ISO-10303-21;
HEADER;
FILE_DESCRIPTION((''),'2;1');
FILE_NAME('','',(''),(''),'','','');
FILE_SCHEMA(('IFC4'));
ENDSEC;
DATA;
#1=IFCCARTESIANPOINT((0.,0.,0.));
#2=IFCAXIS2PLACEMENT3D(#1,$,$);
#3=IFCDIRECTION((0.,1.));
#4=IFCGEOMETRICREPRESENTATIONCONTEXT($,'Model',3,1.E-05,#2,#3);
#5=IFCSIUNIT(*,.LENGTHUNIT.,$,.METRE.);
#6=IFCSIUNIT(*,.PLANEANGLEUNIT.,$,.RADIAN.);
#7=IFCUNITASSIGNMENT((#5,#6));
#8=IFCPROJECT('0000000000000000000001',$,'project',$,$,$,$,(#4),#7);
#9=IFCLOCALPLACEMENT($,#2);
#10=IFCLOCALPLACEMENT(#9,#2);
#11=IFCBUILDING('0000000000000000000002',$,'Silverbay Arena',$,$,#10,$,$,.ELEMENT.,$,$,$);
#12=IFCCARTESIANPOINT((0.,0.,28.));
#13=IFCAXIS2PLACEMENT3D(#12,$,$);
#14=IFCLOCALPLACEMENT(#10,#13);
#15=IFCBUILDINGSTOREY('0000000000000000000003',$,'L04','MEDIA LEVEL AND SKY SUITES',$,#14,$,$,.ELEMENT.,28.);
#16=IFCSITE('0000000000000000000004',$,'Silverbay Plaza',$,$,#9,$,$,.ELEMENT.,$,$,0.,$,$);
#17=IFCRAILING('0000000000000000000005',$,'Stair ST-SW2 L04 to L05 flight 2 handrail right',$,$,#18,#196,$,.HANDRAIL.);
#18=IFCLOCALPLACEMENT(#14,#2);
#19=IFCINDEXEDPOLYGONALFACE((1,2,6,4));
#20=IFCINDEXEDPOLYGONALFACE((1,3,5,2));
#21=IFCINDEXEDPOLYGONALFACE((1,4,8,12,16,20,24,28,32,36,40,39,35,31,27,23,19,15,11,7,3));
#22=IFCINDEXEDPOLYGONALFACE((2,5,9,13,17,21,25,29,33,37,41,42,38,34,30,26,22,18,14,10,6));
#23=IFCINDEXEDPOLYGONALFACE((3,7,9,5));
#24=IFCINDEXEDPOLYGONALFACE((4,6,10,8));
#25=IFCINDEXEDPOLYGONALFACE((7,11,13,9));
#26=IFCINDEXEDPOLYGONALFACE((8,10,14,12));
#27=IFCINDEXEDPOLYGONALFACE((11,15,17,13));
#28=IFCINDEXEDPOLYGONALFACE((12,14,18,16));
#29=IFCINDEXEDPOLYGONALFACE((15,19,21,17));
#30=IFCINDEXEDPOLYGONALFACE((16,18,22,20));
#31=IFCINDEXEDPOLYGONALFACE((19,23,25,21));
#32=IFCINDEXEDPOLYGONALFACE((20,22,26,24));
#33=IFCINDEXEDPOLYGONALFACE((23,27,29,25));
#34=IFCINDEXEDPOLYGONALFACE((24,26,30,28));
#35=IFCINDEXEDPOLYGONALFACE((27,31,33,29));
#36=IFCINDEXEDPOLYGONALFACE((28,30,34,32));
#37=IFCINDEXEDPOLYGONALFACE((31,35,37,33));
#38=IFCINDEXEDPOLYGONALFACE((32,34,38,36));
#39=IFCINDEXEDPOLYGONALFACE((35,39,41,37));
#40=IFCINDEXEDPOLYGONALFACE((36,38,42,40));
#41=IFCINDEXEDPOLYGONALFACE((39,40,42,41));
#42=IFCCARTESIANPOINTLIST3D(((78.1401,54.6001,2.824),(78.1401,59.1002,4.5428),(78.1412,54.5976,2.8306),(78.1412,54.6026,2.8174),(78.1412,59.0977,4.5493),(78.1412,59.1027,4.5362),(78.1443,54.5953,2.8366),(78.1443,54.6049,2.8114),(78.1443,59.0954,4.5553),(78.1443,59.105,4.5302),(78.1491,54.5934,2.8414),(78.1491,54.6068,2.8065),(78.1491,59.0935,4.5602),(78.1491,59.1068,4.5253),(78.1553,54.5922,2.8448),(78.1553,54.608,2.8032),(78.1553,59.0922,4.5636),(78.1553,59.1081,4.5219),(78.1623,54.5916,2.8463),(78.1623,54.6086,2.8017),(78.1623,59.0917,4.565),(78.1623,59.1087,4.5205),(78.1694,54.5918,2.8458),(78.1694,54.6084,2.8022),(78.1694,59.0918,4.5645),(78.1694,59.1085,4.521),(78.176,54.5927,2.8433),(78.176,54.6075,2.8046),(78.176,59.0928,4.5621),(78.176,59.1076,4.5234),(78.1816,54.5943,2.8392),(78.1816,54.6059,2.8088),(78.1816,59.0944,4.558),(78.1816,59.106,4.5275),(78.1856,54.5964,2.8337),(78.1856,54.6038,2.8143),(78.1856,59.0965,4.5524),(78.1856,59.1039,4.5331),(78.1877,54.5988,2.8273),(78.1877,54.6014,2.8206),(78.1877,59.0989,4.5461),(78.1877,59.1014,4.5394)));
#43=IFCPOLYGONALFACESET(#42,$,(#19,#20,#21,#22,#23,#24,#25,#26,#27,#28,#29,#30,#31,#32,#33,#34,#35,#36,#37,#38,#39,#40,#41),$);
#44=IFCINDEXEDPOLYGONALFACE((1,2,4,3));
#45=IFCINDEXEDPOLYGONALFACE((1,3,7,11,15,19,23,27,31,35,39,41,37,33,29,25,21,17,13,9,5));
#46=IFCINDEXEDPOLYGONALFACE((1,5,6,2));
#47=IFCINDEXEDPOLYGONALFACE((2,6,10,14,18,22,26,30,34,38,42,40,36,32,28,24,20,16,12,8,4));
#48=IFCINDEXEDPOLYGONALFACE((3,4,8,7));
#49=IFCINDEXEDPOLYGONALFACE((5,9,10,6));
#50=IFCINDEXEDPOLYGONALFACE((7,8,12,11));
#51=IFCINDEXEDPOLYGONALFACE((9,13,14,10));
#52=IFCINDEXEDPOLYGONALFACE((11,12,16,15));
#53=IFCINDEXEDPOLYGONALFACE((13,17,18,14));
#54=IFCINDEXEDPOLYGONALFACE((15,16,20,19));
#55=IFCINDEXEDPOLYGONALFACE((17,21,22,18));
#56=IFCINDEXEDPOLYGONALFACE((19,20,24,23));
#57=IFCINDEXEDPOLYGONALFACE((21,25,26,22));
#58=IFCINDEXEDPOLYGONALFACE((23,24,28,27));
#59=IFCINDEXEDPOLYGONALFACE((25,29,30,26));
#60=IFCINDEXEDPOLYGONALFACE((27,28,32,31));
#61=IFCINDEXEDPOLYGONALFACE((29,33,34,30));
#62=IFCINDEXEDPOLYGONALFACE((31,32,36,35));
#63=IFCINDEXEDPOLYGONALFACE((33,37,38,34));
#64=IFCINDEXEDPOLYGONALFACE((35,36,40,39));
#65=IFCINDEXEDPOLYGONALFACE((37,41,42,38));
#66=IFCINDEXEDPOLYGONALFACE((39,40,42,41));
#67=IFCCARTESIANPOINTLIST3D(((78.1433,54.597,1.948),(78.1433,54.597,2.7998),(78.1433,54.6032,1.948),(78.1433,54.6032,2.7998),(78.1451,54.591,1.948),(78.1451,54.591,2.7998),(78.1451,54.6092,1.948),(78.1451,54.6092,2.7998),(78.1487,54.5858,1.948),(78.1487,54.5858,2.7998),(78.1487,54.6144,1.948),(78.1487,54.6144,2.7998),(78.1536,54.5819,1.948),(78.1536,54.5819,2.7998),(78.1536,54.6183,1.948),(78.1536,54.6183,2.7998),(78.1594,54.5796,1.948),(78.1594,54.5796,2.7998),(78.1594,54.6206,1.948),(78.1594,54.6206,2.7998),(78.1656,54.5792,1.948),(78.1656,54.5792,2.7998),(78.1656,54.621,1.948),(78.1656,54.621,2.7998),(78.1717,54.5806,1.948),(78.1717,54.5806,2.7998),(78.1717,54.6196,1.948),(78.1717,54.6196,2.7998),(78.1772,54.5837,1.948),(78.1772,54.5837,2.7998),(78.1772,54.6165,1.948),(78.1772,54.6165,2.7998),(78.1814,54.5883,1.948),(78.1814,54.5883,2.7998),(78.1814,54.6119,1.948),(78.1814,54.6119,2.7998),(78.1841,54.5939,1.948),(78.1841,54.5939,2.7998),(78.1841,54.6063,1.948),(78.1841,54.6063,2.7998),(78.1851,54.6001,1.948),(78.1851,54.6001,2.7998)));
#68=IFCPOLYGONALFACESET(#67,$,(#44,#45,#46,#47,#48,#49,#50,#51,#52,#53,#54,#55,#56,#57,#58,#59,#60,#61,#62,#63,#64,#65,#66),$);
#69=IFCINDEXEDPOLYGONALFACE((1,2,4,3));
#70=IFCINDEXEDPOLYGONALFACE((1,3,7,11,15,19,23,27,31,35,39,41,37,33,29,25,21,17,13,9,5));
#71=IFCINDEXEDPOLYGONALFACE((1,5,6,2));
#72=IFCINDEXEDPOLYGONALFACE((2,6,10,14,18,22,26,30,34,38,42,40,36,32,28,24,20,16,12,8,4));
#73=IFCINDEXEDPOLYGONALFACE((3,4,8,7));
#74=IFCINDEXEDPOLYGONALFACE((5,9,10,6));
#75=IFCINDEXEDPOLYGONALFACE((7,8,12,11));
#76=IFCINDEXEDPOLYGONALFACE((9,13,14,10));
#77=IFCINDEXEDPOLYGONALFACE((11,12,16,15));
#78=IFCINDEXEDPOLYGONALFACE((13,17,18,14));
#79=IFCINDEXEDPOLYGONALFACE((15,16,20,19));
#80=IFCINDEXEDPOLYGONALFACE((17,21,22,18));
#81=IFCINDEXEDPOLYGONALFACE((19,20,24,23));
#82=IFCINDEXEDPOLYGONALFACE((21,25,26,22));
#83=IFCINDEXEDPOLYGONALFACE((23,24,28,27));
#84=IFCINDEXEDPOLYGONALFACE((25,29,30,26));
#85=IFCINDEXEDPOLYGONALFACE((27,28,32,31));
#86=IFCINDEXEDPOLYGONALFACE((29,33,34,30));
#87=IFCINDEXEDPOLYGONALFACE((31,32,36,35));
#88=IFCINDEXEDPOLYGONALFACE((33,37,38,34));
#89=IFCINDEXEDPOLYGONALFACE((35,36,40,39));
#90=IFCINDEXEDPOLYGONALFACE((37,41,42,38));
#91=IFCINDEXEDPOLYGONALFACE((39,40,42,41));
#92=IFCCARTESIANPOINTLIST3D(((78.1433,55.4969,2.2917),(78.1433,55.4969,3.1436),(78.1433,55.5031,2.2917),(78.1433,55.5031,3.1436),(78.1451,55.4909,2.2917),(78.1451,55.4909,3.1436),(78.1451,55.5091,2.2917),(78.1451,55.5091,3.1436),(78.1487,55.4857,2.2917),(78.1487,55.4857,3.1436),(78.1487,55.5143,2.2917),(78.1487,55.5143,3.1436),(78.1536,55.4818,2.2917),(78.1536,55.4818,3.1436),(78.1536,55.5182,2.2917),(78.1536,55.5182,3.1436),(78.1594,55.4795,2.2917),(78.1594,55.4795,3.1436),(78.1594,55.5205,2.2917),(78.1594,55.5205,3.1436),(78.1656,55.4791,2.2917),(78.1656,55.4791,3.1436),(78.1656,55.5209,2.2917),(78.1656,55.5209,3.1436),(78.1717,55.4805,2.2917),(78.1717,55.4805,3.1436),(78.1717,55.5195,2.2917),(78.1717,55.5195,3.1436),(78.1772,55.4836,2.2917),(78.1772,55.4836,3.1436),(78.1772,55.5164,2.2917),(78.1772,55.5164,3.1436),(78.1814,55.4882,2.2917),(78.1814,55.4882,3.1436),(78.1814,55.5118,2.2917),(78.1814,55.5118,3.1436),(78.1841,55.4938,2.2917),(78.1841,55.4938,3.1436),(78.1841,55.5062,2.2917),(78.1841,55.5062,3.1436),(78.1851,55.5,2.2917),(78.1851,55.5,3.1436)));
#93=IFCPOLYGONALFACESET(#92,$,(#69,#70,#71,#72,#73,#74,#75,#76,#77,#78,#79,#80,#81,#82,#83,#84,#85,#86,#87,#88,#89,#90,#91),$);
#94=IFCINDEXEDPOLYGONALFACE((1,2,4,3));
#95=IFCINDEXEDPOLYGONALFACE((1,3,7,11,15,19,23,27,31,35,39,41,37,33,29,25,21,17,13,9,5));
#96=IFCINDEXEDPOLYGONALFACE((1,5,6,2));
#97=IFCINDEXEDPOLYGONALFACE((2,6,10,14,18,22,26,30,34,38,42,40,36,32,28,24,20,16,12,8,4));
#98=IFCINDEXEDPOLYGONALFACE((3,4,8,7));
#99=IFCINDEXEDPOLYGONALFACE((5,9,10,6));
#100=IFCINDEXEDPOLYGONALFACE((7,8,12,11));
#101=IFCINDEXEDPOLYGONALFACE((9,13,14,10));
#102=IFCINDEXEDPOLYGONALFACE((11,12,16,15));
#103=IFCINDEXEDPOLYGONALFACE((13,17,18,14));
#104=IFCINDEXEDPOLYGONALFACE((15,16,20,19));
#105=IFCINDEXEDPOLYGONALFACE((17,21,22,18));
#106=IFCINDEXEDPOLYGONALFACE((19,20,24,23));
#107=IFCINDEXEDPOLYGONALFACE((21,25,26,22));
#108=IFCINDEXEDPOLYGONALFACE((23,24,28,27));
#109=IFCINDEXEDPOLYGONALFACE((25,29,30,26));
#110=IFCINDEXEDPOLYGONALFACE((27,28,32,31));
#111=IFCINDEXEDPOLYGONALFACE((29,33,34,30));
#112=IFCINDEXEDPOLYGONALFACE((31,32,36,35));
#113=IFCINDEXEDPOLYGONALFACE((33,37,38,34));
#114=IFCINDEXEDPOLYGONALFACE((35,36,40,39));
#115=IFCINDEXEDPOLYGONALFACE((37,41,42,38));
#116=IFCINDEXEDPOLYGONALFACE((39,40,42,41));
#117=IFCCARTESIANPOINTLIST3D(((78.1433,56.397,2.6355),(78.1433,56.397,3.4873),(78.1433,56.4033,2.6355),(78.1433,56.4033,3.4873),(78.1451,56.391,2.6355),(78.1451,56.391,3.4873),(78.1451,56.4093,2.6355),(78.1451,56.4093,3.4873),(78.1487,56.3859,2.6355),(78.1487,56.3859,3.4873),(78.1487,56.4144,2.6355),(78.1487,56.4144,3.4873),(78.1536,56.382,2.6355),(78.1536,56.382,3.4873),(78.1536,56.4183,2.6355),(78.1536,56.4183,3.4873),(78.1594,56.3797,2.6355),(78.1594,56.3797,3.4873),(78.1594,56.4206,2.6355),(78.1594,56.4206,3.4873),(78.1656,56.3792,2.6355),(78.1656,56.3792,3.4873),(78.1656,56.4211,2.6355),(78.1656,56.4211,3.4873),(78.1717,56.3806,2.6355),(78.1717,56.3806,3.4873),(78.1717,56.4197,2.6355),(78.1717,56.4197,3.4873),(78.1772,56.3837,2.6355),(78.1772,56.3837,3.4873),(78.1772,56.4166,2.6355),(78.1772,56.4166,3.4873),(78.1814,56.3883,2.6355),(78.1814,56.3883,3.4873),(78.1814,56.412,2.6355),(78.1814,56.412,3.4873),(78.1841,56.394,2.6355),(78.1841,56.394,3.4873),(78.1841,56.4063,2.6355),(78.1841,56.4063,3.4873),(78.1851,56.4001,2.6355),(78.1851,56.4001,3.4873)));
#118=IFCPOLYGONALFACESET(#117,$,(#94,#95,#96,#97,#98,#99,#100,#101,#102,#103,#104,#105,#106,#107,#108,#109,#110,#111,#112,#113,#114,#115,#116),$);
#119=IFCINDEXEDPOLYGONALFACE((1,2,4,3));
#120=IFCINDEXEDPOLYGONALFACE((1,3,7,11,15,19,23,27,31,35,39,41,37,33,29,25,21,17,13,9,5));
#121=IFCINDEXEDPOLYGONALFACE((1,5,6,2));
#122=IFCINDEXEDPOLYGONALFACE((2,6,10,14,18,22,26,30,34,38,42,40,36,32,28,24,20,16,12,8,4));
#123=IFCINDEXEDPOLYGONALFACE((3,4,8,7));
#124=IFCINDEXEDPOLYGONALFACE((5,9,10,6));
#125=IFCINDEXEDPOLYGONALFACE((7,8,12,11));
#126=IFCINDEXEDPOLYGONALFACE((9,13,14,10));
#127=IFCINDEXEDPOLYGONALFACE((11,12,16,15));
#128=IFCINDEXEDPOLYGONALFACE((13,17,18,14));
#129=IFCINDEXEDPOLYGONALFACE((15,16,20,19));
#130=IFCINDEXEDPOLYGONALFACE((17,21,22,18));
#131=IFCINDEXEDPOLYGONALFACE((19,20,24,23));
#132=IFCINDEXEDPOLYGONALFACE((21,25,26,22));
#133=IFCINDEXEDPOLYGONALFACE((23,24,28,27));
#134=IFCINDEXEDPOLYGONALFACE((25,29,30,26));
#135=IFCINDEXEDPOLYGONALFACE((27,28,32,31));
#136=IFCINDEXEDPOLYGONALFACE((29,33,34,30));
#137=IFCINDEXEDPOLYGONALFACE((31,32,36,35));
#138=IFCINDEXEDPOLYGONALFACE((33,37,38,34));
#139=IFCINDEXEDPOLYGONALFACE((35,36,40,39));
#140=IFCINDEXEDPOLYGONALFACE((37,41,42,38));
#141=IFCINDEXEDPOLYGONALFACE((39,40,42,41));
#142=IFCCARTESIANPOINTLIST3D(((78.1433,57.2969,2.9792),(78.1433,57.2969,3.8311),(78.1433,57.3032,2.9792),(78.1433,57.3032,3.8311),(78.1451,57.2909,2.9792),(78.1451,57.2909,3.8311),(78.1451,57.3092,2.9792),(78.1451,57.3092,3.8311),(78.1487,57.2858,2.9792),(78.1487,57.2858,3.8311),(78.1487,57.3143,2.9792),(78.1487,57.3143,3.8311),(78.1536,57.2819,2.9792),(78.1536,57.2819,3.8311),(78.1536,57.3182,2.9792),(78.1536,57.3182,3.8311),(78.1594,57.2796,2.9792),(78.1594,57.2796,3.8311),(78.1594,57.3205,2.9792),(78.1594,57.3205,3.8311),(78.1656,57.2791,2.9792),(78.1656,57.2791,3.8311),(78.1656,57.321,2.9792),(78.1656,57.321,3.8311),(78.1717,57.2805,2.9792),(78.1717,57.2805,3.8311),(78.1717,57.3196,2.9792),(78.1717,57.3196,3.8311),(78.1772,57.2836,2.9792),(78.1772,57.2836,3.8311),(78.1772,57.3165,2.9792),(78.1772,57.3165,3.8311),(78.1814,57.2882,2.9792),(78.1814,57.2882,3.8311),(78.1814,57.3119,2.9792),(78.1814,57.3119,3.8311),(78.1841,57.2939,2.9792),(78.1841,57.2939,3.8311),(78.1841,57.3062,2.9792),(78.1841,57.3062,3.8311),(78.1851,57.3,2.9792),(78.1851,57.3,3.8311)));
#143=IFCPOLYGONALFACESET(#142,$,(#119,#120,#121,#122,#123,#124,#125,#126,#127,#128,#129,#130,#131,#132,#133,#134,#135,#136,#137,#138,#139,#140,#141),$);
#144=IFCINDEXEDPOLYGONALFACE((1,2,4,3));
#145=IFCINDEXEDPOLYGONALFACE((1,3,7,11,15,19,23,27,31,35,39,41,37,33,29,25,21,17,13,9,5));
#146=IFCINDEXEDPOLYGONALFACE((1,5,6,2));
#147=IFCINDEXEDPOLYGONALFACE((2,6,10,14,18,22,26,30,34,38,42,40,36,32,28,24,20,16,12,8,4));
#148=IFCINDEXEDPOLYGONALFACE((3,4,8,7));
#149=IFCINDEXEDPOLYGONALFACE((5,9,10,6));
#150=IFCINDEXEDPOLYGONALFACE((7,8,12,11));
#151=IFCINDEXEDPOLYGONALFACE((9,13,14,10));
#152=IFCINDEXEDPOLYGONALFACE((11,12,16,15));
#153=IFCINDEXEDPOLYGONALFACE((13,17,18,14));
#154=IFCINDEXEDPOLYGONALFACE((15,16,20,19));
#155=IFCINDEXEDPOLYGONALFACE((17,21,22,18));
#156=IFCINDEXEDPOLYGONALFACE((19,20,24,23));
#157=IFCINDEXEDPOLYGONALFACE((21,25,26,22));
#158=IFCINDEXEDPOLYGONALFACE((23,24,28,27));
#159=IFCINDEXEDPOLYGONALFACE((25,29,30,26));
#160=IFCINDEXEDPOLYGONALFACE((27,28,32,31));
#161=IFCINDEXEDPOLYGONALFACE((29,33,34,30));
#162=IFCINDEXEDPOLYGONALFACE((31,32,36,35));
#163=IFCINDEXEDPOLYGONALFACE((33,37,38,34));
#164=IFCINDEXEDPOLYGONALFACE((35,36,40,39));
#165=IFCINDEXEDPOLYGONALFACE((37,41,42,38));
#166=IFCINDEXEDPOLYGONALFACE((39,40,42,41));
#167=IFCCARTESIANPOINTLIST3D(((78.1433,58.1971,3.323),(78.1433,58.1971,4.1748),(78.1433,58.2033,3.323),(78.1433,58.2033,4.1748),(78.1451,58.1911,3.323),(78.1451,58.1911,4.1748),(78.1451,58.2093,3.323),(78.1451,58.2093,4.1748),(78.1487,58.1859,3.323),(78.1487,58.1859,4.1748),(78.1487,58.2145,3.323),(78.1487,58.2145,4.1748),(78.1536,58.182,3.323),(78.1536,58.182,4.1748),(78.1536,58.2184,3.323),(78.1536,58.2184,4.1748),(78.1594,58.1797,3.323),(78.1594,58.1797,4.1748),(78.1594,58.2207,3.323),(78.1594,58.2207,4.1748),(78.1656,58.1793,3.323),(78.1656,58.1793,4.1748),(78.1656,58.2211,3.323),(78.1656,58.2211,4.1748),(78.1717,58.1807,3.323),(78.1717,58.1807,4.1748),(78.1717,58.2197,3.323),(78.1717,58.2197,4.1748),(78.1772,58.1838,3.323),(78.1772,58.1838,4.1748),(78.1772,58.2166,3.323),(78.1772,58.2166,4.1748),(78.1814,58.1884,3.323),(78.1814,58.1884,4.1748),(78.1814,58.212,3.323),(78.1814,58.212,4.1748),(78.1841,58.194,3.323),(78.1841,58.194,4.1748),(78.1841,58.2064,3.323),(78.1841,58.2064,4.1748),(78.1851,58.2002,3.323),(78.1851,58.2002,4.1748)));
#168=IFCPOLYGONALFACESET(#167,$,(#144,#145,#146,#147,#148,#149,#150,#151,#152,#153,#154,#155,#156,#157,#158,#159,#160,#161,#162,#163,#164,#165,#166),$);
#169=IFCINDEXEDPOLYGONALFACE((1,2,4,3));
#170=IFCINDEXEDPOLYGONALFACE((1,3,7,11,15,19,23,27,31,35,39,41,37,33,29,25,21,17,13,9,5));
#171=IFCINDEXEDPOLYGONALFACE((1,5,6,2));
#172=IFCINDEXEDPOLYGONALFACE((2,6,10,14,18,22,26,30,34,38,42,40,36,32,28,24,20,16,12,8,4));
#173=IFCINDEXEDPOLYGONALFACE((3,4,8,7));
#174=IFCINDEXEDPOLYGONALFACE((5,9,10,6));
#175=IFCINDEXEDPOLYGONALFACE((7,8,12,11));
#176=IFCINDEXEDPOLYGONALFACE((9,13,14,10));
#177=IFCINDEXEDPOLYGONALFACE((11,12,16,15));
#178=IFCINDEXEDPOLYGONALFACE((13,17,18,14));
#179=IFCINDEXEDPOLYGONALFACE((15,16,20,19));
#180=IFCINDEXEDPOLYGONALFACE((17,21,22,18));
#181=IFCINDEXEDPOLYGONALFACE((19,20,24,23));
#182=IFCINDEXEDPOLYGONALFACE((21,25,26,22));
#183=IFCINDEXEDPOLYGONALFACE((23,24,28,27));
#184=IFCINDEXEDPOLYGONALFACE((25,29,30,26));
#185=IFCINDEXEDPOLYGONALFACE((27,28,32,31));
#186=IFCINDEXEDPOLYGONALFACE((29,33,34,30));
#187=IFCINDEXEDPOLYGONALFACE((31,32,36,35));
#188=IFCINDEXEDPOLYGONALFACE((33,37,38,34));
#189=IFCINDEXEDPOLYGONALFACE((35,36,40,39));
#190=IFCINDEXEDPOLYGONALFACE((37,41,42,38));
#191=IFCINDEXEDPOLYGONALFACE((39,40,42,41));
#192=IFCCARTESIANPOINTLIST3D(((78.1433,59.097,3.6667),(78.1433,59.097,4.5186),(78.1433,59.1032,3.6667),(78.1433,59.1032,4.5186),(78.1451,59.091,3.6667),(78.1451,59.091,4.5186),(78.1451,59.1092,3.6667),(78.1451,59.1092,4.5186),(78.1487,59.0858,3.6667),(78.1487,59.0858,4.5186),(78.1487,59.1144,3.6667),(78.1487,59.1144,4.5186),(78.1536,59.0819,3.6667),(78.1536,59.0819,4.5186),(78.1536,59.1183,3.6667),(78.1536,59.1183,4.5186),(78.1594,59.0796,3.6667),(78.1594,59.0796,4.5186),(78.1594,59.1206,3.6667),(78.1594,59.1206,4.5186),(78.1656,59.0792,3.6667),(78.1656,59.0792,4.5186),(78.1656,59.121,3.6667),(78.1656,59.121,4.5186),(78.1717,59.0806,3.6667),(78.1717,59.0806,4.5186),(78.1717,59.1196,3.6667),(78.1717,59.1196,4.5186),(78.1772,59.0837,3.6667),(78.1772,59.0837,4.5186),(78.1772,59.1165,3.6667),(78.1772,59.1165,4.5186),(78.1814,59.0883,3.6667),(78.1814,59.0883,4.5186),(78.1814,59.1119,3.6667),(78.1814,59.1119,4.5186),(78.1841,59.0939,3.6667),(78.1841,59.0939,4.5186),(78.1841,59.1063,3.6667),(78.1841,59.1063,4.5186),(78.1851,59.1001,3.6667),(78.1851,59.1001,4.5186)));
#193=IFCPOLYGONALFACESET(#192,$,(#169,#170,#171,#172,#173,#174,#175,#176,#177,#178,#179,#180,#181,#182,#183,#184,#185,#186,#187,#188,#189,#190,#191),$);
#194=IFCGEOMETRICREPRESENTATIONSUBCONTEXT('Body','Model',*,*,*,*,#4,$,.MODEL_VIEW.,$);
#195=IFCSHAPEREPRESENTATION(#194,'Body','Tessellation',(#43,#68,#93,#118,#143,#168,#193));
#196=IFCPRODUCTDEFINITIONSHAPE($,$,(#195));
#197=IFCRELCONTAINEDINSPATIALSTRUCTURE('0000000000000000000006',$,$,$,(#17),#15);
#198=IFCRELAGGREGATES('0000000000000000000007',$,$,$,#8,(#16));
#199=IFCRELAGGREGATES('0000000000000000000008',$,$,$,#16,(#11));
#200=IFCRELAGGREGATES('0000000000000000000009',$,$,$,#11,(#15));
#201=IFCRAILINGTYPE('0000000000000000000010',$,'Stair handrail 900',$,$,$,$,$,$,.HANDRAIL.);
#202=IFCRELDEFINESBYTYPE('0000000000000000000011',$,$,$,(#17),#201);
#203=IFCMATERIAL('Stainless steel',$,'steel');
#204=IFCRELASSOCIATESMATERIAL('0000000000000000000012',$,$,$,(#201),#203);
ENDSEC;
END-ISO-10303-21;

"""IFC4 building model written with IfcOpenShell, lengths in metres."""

from ifc_helpers import new_model, si_unit, direction, frame, origin, origin_2d, place, context, subcontext, project, spatial, circle, extrude, material, type_object, element, save


model = new_model("IFC4")

# Units and contexts
model_context = context("Model", 3, precision=1e-05, world=origin(), true_north=direction((0.0, 1.0)))
body_context = subcontext(model_context, "Body", "Model", "MODEL_VIEW")
ifc_project = project(units=[si_unit("LENGTHUNIT", "METRE"), si_unit("PLANEANGLEUNIT", "RADIAN")], contexts=[model_context])

# Site, building, storey
site_placement = place(None, origin())
site = spatial("IfcSite", under=ifc_project, at=site_placement, Name="Silverbay Plaza", CompositionType="ELEMENT", RefElevation=0.0)
building_placement = place(site_placement, origin())
building = spatial("IfcBuilding", under=site, at=building_placement, Name="Silverbay Arena", CompositionType="ELEMENT")
storey_placement = place(building_placement, frame((0.0, 0.0, 28.0)))
storey = spatial("IfcBuildingStorey", under=building, at=storey_placement, Name="L04", Description="MEDIA LEVEL AND SKY SUITES", CompositionType="ELEMENT", Elevation=28.0)

# Railing
ifc_material_1 = material(Name="Stainless steel", Category="steel")
railing_type_1 = type_object("IfcRailingType", Name="Stair handrail 900", PredefinedType="HANDRAIL", material=ifc_material_1)
for number, where, name in (
    (1, (78.1641, 54.6001, 1.948), "Stair ST-SW2 L04 to L05 flight 2 handrail right"),
):
    element("IfcRailing", number, at=place(storey_placement, frame(where)), inside=storey, type_object=railing_type_1, Name=name, PredefinedType="HANDRAIL", context=body_context, shape_type="SweptSolid", body=[
        extrude(circle(Radius=0.0239, at=origin_2d()), frame((0.0, 0.0, 0.876), z_axis=(0.0, 0.934179, 0.356805), x_axis=(-1.0, 0.0, 0.0)), (0.0, 0.0, 1.0), 4.8171),
        extrude(circle(Radius=0.021, at=origin_2d()), origin(), (0.0, 0.0, 1.0), 0.8518),
        extrude(circle(Radius=0.021, at=origin_2d()), frame((0.0, 0.8999, 0.3438)), (0.0, 0.0, 1.0), 0.8518),
        extrude(circle(Radius=0.021, at=origin_2d()), frame((0.0, 1.8, 0.6875)), (0.0, 0.0, 1.0), 0.8518),
        extrude(circle(Radius=0.021, at=origin_2d()), frame((0.0, 2.7, 1.0312)), (0.0, 0.0, 1.0), 0.8518),
        extrude(circle(Radius=0.021, at=origin_2d()), frame((0.0, 3.6001, 1.375)), (0.0, 0.0, 1.0), 0.8518),
        extrude(circle(Radius=0.021, at=origin_2d()), frame((0.0, 4.5, 1.7188)), (0.0, 0.0, 1.0), 0.8518),
    ])

save(model, "model.ifc")
